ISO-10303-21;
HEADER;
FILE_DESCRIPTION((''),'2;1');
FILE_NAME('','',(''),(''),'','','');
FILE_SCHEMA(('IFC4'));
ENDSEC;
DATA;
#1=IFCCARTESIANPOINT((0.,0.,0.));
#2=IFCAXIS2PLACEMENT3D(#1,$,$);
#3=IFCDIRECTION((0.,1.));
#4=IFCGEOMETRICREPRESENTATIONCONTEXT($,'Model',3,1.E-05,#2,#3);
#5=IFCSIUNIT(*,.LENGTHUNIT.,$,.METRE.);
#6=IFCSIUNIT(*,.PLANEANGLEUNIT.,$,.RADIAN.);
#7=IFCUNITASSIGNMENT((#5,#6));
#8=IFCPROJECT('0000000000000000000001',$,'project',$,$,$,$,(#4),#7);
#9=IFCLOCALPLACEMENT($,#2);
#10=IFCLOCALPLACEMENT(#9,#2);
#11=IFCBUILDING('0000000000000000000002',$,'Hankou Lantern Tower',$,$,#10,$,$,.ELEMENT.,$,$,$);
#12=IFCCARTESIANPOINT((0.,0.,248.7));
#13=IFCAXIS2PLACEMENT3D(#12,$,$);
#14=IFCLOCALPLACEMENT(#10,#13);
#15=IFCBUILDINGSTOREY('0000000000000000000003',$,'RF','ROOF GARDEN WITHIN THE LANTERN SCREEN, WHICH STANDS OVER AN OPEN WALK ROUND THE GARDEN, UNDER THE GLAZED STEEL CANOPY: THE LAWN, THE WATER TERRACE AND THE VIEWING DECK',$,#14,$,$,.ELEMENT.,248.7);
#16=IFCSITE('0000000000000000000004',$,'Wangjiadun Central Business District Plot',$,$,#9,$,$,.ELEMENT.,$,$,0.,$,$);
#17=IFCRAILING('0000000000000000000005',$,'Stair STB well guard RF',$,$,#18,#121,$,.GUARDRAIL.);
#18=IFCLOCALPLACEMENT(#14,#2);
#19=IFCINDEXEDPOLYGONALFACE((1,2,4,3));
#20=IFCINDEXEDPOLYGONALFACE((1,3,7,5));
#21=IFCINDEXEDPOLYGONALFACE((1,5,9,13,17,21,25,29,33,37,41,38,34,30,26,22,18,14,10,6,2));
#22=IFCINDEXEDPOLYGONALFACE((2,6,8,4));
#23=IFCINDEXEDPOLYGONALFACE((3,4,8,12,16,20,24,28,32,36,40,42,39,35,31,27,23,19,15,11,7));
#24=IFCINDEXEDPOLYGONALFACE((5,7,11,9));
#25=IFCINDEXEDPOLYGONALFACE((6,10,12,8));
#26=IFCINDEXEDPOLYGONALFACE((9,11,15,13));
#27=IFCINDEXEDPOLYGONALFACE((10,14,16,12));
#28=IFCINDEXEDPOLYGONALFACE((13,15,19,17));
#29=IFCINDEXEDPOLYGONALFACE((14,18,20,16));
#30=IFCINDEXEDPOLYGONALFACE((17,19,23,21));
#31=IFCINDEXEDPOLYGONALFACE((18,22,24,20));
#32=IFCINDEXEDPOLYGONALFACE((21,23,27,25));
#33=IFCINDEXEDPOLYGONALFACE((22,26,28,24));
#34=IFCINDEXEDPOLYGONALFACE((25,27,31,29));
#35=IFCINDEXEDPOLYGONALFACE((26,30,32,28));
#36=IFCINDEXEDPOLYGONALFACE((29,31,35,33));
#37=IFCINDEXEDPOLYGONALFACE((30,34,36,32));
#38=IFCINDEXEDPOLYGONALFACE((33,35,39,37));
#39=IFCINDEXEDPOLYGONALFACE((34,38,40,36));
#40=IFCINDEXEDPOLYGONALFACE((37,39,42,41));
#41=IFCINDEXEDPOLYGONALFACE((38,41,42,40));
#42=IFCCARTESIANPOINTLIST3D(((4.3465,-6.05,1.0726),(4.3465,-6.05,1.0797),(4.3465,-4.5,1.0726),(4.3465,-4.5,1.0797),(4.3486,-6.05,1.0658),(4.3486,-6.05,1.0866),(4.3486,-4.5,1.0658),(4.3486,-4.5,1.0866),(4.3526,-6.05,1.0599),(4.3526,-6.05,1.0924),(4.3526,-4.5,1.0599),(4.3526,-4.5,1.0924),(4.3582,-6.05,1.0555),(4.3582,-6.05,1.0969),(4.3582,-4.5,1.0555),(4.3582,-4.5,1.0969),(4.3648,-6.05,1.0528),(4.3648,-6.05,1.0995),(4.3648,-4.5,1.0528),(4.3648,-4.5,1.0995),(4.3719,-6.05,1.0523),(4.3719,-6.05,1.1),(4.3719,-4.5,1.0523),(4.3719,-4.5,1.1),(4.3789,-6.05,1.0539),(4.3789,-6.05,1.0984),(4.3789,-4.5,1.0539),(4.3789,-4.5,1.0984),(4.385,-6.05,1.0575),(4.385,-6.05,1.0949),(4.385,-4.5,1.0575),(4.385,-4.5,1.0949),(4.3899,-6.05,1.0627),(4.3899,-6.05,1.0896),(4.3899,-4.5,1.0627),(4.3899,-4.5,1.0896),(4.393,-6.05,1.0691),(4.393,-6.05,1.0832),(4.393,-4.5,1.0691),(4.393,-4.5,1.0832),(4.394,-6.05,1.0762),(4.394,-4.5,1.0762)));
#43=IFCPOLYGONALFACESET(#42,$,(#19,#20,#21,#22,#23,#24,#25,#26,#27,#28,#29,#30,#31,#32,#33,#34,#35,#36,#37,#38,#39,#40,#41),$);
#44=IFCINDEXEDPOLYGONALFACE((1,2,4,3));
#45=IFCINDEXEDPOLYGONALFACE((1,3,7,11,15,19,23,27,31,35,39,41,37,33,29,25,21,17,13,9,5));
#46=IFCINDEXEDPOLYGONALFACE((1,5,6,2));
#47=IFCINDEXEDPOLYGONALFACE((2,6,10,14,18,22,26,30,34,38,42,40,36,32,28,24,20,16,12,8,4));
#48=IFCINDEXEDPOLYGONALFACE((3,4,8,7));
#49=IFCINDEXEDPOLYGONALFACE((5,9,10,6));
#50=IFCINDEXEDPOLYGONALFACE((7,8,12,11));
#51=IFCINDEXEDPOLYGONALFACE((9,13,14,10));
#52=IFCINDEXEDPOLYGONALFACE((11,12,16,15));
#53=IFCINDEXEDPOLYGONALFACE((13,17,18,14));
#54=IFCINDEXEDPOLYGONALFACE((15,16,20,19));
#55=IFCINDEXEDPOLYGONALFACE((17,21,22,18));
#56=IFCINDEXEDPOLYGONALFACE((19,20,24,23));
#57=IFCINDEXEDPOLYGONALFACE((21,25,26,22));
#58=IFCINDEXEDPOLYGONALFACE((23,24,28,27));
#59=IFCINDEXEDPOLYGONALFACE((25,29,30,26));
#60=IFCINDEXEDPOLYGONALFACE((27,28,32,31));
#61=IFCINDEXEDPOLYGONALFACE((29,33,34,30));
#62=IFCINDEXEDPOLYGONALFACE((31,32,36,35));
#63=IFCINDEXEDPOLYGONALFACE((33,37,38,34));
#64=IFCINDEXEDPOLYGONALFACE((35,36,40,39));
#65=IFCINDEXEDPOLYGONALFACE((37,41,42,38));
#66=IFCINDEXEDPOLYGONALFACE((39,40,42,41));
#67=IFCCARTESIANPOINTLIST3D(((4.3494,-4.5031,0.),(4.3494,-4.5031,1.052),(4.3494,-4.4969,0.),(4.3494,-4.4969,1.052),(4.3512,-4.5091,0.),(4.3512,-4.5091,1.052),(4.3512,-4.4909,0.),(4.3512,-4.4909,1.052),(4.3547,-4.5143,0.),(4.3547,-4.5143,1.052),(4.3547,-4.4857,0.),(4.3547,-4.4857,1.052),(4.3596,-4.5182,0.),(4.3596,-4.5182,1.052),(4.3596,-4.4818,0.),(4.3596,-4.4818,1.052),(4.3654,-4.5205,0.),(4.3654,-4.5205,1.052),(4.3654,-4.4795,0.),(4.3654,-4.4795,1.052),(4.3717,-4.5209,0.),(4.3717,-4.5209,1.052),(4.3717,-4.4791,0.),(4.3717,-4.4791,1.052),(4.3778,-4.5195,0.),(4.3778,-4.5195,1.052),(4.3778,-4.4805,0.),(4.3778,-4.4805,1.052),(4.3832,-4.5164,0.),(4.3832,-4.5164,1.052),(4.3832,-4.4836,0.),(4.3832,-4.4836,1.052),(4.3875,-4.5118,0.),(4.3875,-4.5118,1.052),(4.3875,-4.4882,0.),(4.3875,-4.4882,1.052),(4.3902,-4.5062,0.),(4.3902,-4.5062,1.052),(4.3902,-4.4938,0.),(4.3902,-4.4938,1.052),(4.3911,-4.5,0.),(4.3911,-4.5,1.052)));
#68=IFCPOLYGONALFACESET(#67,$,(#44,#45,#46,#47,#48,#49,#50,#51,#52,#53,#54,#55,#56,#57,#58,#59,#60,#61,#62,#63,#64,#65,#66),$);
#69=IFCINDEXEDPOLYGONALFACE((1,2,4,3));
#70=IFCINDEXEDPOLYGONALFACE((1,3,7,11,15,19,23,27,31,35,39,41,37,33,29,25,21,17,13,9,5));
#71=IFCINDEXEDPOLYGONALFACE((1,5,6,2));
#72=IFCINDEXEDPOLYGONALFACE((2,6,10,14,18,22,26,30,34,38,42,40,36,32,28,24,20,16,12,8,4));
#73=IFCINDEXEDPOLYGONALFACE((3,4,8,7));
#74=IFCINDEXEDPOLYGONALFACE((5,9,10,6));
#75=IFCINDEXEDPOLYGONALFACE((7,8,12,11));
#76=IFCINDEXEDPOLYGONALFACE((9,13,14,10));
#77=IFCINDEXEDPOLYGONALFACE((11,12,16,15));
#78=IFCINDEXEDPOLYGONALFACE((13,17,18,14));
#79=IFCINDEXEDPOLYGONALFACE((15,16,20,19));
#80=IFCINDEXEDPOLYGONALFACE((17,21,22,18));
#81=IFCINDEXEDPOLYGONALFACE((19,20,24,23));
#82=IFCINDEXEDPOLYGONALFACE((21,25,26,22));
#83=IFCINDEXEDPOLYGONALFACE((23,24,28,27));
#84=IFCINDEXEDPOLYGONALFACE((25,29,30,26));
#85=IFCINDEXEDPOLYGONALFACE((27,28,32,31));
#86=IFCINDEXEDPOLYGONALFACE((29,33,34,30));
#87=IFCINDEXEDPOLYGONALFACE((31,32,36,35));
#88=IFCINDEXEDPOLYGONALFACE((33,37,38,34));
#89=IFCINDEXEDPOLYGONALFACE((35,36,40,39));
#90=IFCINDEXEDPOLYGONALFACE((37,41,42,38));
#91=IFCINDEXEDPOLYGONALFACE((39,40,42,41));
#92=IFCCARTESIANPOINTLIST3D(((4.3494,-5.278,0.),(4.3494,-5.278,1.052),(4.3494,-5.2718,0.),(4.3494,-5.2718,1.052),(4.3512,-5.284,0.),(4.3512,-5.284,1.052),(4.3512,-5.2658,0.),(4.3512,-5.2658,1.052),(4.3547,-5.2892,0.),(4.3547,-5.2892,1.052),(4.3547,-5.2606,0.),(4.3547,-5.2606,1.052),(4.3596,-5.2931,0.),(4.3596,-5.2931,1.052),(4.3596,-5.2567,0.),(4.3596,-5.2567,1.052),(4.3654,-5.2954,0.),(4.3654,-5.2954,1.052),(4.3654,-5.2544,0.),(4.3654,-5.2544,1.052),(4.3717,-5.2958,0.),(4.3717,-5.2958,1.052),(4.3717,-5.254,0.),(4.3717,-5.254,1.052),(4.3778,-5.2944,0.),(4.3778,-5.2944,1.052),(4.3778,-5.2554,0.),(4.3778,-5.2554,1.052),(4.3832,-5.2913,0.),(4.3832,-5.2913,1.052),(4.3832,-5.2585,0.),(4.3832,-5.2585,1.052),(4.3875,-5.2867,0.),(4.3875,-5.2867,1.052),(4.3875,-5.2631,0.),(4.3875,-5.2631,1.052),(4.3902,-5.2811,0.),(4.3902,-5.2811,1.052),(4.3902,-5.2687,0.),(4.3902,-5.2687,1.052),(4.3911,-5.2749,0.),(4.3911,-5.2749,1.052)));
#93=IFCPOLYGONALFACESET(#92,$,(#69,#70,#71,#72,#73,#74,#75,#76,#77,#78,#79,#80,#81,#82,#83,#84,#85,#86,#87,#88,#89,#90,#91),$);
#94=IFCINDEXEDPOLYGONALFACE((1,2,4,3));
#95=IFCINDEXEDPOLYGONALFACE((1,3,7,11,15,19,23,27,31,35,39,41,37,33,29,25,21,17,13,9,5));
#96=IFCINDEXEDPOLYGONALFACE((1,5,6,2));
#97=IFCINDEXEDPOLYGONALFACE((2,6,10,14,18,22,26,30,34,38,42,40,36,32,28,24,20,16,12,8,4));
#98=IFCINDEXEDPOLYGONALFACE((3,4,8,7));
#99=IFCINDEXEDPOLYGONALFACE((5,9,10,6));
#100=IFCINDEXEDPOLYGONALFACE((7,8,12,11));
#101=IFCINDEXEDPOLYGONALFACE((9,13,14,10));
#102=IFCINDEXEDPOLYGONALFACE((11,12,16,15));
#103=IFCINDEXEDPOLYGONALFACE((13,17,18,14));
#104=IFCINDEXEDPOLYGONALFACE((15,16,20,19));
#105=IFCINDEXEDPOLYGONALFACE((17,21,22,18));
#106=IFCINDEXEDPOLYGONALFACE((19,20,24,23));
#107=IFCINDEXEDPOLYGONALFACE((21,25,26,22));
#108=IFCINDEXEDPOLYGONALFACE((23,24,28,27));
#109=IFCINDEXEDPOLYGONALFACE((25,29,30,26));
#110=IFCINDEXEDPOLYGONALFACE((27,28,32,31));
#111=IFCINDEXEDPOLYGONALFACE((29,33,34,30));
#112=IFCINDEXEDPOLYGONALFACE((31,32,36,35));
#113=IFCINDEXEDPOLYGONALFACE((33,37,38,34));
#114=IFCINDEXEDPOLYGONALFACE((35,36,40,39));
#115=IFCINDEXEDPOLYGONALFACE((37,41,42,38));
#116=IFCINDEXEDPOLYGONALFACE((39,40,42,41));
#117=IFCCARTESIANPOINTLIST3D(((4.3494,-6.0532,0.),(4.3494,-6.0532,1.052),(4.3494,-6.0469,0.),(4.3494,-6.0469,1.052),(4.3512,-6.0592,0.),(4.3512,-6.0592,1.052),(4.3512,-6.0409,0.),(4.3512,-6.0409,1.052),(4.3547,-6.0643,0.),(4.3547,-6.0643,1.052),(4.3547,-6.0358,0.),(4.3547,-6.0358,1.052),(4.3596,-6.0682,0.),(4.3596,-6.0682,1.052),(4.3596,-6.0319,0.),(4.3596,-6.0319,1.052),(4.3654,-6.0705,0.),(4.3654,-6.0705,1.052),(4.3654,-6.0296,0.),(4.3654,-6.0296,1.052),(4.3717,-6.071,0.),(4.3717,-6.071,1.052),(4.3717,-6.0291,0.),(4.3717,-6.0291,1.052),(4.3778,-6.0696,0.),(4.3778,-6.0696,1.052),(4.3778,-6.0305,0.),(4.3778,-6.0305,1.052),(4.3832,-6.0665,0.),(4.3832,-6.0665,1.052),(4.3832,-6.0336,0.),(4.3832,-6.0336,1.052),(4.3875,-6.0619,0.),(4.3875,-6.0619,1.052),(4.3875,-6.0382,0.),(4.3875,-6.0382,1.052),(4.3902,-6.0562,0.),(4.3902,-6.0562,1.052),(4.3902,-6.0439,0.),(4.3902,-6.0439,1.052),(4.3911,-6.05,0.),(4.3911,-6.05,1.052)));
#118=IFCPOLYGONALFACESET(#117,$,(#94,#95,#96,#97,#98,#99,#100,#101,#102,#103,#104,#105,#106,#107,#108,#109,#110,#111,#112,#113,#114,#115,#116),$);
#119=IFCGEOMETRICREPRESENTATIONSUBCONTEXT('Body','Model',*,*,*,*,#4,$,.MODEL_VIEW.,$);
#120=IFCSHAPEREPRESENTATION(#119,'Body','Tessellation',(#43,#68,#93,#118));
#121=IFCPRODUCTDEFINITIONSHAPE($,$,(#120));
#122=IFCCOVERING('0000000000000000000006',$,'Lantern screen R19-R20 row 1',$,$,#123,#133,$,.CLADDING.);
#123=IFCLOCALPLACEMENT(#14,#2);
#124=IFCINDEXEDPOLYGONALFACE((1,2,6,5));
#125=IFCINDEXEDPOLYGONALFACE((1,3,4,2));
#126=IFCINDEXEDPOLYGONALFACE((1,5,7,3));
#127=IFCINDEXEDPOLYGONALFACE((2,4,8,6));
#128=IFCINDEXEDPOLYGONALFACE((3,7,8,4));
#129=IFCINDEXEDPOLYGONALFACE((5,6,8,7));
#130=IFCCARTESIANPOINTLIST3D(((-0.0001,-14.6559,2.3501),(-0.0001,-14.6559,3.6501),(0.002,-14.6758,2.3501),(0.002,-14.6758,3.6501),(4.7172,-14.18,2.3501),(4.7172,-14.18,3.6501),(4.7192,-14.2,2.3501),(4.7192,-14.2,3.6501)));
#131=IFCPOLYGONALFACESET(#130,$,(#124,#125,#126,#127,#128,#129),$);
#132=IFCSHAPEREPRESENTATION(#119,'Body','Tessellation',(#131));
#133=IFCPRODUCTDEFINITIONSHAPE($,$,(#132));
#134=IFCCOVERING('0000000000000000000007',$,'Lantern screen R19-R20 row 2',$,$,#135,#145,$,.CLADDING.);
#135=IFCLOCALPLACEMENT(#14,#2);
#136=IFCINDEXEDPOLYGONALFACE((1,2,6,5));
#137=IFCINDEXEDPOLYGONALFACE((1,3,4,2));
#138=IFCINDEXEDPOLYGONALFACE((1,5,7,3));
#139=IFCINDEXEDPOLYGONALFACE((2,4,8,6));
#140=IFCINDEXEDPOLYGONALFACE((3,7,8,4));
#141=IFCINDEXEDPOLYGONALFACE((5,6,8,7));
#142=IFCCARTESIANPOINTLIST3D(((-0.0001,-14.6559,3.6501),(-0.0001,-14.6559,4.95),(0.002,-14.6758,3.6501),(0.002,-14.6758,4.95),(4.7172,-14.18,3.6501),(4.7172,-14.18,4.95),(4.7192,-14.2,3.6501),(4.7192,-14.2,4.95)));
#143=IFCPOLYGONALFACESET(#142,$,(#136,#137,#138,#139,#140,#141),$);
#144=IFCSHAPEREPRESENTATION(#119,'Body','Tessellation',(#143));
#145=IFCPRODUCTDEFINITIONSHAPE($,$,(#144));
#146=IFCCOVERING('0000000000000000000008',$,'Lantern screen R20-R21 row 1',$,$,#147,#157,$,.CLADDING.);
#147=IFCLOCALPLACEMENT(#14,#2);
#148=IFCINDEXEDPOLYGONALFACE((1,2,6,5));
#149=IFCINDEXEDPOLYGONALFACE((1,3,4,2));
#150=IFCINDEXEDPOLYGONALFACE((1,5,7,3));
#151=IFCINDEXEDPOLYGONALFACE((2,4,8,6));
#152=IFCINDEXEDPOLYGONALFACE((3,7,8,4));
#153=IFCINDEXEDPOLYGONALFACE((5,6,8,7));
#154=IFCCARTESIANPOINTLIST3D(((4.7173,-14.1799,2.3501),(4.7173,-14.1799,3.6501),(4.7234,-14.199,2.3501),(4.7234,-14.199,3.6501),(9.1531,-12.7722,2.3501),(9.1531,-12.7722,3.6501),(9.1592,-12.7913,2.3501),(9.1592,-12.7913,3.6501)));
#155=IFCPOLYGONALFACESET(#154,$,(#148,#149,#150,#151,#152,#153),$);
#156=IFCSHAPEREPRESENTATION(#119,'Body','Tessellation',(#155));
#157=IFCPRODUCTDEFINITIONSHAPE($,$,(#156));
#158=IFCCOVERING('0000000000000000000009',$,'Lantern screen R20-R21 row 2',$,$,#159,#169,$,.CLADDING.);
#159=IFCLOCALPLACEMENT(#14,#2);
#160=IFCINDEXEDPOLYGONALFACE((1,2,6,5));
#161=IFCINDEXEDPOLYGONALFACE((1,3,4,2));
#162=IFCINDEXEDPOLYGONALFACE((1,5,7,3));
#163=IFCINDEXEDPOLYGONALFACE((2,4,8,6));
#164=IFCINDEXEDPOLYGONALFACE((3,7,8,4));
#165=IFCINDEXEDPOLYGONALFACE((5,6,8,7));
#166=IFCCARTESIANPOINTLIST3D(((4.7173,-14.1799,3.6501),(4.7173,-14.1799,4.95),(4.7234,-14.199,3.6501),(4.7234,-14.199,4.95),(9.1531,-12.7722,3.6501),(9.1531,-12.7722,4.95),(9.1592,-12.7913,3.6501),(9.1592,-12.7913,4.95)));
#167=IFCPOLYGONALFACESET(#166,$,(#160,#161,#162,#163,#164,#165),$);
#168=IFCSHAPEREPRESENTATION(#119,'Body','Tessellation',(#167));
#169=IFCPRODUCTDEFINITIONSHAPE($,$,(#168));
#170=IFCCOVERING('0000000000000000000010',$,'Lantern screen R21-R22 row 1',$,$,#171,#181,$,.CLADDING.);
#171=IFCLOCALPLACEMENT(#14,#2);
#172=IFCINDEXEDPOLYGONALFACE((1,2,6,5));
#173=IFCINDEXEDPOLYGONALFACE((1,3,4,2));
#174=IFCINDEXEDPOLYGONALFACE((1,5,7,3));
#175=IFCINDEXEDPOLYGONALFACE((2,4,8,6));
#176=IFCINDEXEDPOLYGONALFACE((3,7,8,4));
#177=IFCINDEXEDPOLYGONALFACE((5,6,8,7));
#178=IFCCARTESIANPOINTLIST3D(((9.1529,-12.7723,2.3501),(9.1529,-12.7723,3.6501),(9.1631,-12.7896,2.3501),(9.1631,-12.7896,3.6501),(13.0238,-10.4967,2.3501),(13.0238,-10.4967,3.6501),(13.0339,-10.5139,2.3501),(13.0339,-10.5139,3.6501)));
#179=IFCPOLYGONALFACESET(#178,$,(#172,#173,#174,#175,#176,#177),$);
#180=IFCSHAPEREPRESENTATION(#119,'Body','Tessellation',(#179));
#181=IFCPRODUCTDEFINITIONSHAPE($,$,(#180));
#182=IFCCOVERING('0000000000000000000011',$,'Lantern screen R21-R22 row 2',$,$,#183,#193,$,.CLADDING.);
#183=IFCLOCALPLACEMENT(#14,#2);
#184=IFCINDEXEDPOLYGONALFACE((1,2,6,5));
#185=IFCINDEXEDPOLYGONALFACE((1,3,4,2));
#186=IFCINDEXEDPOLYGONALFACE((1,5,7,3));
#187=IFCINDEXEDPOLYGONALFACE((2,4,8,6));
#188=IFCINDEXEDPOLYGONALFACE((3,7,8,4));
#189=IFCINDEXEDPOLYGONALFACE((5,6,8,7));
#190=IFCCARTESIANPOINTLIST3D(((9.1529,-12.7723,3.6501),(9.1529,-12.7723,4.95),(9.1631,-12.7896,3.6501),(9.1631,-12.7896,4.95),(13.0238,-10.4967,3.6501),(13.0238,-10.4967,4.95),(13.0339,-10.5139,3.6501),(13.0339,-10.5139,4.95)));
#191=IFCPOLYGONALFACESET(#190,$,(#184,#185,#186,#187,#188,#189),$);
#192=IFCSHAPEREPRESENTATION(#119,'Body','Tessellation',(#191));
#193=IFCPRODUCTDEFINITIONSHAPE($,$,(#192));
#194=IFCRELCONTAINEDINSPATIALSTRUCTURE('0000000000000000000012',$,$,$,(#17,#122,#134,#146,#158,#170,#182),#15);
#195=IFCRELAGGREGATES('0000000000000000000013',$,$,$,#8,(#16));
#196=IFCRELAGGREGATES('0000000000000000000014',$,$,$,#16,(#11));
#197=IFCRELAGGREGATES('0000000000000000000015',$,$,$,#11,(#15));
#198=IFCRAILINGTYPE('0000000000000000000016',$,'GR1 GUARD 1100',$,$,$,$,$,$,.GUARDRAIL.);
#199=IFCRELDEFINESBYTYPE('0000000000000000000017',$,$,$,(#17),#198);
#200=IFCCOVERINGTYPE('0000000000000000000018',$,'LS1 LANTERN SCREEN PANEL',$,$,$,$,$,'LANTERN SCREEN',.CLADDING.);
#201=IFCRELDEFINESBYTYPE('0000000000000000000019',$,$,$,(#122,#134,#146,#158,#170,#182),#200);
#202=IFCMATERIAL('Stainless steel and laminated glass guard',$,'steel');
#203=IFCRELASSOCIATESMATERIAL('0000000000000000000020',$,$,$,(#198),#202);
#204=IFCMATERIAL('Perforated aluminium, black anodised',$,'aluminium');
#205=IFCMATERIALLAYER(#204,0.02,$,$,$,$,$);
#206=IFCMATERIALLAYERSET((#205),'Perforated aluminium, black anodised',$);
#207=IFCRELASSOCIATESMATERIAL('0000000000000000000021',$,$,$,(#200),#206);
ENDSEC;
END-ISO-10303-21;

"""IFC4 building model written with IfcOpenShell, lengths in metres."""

from ifc_helpers import new_model, si_unit, direction, frame, origin, origin_2d, place, context, subcontext, project, spatial, polyline, circle, outline, extrude, material, layer, layer_set, type_object, element, save


model = new_model("IFC4")

# Units and contexts
model_context = context("Model", 3, precision=1e-05, world=origin(), true_north=direction((0.0, 1.0)))
body_context = subcontext(model_context, "Body", "Model", "MODEL_VIEW")
ifc_project = project(units=[si_unit("LENGTHUNIT", "METRE"), si_unit("PLANEANGLEUNIT", "RADIAN")], contexts=[model_context])

# Site, building, storey
site_placement = place(None, origin())
site = spatial("IfcSite", under=ifc_project, at=site_placement, Name="Wangjiadun Central Business District Plot", CompositionType="ELEMENT", RefElevation=0.0)
building_placement = place(site_placement, origin())
building = spatial("IfcBuilding", under=site, at=building_placement, Name="Hankou Lantern Tower", CompositionType="ELEMENT")
storey_placement = place(building_placement, frame((0.0, 0.0, 248.7)))
storey = spatial("IfcBuildingStorey", under=building, at=storey_placement, Name="RF", Description="ROOF GARDEN WITHIN THE LANTERN SCREEN, WHICH STANDS OVER AN OPEN WALK ROUND THE GARDEN, UNDER THE GLAZED STEEL CANOPY: THE LAWN, THE WATER TERRACE AND THE VIEWING DECK", CompositionType="ELEMENT", Elevation=248.7)

# Railing
ifc_material_1 = material(Name="Stainless steel and laminated glass guard", Category="steel")
railing_type = type_object("IfcRailingType", Name="GR1 GUARD 1100", PredefinedType="GUARDRAIL", material=ifc_material_1)
railing_1_placement = place(storey_placement, frame((4.3701, -4.5, 0.0)))
element("IfcRailing", 1, at=railing_1_placement, inside=storey, type_object=railing_type, Name="Stair STB well guard RF", PredefinedType="GUARDRAIL", context=body_context, shape_type="SweptSolid", body=[
    extrude(circle(Radius=0.0239, at=origin_2d()), frame((0.0, 0.0, 1.0762), z_axis=(0.0, -1.0, 0.0), x_axis=(1.0, 0.0, 0.0)), (0.0, 0.0, 1.0), 1.55),
    extrude(circle(Radius=0.021, at=origin_2d()), origin(), (0.0, 0.0, 1.0), 1.052),
    extrude(circle(Radius=0.021, at=origin_2d()), frame((0.0, -0.7749, 0.0)), (0.0, 0.0, 1.0), 1.052),
    extrude(circle(Radius=0.021, at=origin_2d()), frame((0.0, -1.55, 0.0)), (0.0, 0.0, 1.0), 1.052),
])

# Coverings
ifc_material_2 = material(Name="Perforated aluminium, black anodised", Category="aluminium")
ifc_layer_1 = layer(ifc_material_2, 0.02)
ifc_layer_set_1 = layer_set([ifc_layer_1], Name="Perforated aluminium, black anodised")
covering_type = type_object("IfcCoveringType", Name="LS1 LANTERN SCREEN PANEL", ElementType="LANTERN SCREEN", PredefinedType="CLADDING", material=ifc_layer_set_1)
covering_1_placement = place(storey_placement, frame((0.002, -14.6758, 2.3501), z_axis=(0.10036, -0.994951, 0.0), x_axis=(0.994951, 0.10036, 0.0)))
element("IfcCovering", 2, at=covering_1_placement, inside=storey, type_object=covering_type, Name="Lantern screen R19-R20 row 1", PredefinedType="CLADDING", context=body_context, shape_type="SweptSolid", body=[
    extrude(outline(polyline([(0.0, 0.0), (4.7412, 0.0), (4.7412, 1.3), (0.0, 1.3), (0.0, 0.0)])), origin(), (0.0, 0.0, -1.0), 0.02),
])
covering_2_placement = place(storey_placement, frame((0.002, -14.6758, 3.6501), z_axis=(0.10036, -0.994951, 0.0), x_axis=(0.994951, 0.10036, 0.0)))
element("IfcCovering", 3, at=covering_2_placement, inside=storey, type_object=covering_type, Name="Lantern screen R19-R20 row 2", PredefinedType="CLADDING", context=body_context, shape_type="SweptSolid", body=[
    extrude(outline(polyline([(0.0, 0.0), (4.7412, 0.0), (4.7412, 1.2998), (0.0, 1.2998), (0.0, 0.0)])), origin(), (0.0, 0.0, -1.0), 0.02),
])
covering_3_placement = place(storey_placement, frame((4.7234, -14.199, 2.3501), z_axis=(0.302487, -0.953154, 0.0), x_axis=(0.953154, 0.302487, 0.0)))
element("IfcCovering", 4, at=covering_3_placement, inside=storey, type_object=covering_type, Name="Lantern screen R20-R21 row 1", PredefinedType="CLADDING", context=body_context, shape_type="SweptSolid", body=[
    extrude(outline(polyline([(0.0, 0.0), (4.6538, 0.0), (4.6538, 1.3), (0.0, 1.3), (0.0, 0.0)])), origin(), (0.0, 0.0, -1.0), 0.02),
])
covering_4_placement = place(storey_placement, frame((4.7234, -14.199, 3.6501), z_axis=(0.302487, -0.953154, 0.0), x_axis=(0.953154, 0.302487, 0.0)))
element("IfcCovering", 5, at=covering_4_placement, inside=storey, type_object=covering_type, Name="Lantern screen R20-R21 row 2", PredefinedType="CLADDING", context=body_context, shape_type="SweptSolid", body=[
    extrude(outline(polyline([(0.0, 0.0), (4.6538, 0.0), (4.6538, 1.2998), (0.0, 1.2998), (0.0, 0.0)])), origin(), (0.0, 0.0, -1.0), 0.02),
])
covering_5_placement = place(storey_placement, frame((9.1631, -12.7896, 2.3501), z_axis=(0.506799, -0.862064, 0.0), x_axis=(0.862064, 0.506799, 0.0)))
element("IfcCovering", 6, at=covering_5_placement, inside=storey, type_object=covering_type, Name="Lantern screen R21-R22 row 1", PredefinedType="CLADDING", context=body_context, shape_type="SweptSolid", body=[
    extrude(outline(polyline([(0.0, 0.0), (4.4902, 0.0), (4.4902, 1.3), (0.0, 1.3), (0.0, 0.0)])), origin(), (0.0, 0.0, -1.0), 0.02),
])
covering_6_placement = place(storey_placement, frame((9.1631, -12.7896, 3.6501), z_axis=(0.506799, -0.862064, 0.0), x_axis=(0.862064, 0.506799, 0.0)))
element("IfcCovering", 7, at=covering_6_placement, inside=storey, type_object=covering_type, Name="Lantern screen R21-R22 row 2", PredefinedType="CLADDING", context=body_context, shape_type="SweptSolid", body=[
    extrude(outline(polyline([(0.0, 0.0), (4.4902, 0.0), (4.4902, 1.2998), (0.0, 1.2998), (0.0, 0.0)])), origin(), (0.0, 0.0, -1.0), 0.02),
])

save(model, "model.ifc")
